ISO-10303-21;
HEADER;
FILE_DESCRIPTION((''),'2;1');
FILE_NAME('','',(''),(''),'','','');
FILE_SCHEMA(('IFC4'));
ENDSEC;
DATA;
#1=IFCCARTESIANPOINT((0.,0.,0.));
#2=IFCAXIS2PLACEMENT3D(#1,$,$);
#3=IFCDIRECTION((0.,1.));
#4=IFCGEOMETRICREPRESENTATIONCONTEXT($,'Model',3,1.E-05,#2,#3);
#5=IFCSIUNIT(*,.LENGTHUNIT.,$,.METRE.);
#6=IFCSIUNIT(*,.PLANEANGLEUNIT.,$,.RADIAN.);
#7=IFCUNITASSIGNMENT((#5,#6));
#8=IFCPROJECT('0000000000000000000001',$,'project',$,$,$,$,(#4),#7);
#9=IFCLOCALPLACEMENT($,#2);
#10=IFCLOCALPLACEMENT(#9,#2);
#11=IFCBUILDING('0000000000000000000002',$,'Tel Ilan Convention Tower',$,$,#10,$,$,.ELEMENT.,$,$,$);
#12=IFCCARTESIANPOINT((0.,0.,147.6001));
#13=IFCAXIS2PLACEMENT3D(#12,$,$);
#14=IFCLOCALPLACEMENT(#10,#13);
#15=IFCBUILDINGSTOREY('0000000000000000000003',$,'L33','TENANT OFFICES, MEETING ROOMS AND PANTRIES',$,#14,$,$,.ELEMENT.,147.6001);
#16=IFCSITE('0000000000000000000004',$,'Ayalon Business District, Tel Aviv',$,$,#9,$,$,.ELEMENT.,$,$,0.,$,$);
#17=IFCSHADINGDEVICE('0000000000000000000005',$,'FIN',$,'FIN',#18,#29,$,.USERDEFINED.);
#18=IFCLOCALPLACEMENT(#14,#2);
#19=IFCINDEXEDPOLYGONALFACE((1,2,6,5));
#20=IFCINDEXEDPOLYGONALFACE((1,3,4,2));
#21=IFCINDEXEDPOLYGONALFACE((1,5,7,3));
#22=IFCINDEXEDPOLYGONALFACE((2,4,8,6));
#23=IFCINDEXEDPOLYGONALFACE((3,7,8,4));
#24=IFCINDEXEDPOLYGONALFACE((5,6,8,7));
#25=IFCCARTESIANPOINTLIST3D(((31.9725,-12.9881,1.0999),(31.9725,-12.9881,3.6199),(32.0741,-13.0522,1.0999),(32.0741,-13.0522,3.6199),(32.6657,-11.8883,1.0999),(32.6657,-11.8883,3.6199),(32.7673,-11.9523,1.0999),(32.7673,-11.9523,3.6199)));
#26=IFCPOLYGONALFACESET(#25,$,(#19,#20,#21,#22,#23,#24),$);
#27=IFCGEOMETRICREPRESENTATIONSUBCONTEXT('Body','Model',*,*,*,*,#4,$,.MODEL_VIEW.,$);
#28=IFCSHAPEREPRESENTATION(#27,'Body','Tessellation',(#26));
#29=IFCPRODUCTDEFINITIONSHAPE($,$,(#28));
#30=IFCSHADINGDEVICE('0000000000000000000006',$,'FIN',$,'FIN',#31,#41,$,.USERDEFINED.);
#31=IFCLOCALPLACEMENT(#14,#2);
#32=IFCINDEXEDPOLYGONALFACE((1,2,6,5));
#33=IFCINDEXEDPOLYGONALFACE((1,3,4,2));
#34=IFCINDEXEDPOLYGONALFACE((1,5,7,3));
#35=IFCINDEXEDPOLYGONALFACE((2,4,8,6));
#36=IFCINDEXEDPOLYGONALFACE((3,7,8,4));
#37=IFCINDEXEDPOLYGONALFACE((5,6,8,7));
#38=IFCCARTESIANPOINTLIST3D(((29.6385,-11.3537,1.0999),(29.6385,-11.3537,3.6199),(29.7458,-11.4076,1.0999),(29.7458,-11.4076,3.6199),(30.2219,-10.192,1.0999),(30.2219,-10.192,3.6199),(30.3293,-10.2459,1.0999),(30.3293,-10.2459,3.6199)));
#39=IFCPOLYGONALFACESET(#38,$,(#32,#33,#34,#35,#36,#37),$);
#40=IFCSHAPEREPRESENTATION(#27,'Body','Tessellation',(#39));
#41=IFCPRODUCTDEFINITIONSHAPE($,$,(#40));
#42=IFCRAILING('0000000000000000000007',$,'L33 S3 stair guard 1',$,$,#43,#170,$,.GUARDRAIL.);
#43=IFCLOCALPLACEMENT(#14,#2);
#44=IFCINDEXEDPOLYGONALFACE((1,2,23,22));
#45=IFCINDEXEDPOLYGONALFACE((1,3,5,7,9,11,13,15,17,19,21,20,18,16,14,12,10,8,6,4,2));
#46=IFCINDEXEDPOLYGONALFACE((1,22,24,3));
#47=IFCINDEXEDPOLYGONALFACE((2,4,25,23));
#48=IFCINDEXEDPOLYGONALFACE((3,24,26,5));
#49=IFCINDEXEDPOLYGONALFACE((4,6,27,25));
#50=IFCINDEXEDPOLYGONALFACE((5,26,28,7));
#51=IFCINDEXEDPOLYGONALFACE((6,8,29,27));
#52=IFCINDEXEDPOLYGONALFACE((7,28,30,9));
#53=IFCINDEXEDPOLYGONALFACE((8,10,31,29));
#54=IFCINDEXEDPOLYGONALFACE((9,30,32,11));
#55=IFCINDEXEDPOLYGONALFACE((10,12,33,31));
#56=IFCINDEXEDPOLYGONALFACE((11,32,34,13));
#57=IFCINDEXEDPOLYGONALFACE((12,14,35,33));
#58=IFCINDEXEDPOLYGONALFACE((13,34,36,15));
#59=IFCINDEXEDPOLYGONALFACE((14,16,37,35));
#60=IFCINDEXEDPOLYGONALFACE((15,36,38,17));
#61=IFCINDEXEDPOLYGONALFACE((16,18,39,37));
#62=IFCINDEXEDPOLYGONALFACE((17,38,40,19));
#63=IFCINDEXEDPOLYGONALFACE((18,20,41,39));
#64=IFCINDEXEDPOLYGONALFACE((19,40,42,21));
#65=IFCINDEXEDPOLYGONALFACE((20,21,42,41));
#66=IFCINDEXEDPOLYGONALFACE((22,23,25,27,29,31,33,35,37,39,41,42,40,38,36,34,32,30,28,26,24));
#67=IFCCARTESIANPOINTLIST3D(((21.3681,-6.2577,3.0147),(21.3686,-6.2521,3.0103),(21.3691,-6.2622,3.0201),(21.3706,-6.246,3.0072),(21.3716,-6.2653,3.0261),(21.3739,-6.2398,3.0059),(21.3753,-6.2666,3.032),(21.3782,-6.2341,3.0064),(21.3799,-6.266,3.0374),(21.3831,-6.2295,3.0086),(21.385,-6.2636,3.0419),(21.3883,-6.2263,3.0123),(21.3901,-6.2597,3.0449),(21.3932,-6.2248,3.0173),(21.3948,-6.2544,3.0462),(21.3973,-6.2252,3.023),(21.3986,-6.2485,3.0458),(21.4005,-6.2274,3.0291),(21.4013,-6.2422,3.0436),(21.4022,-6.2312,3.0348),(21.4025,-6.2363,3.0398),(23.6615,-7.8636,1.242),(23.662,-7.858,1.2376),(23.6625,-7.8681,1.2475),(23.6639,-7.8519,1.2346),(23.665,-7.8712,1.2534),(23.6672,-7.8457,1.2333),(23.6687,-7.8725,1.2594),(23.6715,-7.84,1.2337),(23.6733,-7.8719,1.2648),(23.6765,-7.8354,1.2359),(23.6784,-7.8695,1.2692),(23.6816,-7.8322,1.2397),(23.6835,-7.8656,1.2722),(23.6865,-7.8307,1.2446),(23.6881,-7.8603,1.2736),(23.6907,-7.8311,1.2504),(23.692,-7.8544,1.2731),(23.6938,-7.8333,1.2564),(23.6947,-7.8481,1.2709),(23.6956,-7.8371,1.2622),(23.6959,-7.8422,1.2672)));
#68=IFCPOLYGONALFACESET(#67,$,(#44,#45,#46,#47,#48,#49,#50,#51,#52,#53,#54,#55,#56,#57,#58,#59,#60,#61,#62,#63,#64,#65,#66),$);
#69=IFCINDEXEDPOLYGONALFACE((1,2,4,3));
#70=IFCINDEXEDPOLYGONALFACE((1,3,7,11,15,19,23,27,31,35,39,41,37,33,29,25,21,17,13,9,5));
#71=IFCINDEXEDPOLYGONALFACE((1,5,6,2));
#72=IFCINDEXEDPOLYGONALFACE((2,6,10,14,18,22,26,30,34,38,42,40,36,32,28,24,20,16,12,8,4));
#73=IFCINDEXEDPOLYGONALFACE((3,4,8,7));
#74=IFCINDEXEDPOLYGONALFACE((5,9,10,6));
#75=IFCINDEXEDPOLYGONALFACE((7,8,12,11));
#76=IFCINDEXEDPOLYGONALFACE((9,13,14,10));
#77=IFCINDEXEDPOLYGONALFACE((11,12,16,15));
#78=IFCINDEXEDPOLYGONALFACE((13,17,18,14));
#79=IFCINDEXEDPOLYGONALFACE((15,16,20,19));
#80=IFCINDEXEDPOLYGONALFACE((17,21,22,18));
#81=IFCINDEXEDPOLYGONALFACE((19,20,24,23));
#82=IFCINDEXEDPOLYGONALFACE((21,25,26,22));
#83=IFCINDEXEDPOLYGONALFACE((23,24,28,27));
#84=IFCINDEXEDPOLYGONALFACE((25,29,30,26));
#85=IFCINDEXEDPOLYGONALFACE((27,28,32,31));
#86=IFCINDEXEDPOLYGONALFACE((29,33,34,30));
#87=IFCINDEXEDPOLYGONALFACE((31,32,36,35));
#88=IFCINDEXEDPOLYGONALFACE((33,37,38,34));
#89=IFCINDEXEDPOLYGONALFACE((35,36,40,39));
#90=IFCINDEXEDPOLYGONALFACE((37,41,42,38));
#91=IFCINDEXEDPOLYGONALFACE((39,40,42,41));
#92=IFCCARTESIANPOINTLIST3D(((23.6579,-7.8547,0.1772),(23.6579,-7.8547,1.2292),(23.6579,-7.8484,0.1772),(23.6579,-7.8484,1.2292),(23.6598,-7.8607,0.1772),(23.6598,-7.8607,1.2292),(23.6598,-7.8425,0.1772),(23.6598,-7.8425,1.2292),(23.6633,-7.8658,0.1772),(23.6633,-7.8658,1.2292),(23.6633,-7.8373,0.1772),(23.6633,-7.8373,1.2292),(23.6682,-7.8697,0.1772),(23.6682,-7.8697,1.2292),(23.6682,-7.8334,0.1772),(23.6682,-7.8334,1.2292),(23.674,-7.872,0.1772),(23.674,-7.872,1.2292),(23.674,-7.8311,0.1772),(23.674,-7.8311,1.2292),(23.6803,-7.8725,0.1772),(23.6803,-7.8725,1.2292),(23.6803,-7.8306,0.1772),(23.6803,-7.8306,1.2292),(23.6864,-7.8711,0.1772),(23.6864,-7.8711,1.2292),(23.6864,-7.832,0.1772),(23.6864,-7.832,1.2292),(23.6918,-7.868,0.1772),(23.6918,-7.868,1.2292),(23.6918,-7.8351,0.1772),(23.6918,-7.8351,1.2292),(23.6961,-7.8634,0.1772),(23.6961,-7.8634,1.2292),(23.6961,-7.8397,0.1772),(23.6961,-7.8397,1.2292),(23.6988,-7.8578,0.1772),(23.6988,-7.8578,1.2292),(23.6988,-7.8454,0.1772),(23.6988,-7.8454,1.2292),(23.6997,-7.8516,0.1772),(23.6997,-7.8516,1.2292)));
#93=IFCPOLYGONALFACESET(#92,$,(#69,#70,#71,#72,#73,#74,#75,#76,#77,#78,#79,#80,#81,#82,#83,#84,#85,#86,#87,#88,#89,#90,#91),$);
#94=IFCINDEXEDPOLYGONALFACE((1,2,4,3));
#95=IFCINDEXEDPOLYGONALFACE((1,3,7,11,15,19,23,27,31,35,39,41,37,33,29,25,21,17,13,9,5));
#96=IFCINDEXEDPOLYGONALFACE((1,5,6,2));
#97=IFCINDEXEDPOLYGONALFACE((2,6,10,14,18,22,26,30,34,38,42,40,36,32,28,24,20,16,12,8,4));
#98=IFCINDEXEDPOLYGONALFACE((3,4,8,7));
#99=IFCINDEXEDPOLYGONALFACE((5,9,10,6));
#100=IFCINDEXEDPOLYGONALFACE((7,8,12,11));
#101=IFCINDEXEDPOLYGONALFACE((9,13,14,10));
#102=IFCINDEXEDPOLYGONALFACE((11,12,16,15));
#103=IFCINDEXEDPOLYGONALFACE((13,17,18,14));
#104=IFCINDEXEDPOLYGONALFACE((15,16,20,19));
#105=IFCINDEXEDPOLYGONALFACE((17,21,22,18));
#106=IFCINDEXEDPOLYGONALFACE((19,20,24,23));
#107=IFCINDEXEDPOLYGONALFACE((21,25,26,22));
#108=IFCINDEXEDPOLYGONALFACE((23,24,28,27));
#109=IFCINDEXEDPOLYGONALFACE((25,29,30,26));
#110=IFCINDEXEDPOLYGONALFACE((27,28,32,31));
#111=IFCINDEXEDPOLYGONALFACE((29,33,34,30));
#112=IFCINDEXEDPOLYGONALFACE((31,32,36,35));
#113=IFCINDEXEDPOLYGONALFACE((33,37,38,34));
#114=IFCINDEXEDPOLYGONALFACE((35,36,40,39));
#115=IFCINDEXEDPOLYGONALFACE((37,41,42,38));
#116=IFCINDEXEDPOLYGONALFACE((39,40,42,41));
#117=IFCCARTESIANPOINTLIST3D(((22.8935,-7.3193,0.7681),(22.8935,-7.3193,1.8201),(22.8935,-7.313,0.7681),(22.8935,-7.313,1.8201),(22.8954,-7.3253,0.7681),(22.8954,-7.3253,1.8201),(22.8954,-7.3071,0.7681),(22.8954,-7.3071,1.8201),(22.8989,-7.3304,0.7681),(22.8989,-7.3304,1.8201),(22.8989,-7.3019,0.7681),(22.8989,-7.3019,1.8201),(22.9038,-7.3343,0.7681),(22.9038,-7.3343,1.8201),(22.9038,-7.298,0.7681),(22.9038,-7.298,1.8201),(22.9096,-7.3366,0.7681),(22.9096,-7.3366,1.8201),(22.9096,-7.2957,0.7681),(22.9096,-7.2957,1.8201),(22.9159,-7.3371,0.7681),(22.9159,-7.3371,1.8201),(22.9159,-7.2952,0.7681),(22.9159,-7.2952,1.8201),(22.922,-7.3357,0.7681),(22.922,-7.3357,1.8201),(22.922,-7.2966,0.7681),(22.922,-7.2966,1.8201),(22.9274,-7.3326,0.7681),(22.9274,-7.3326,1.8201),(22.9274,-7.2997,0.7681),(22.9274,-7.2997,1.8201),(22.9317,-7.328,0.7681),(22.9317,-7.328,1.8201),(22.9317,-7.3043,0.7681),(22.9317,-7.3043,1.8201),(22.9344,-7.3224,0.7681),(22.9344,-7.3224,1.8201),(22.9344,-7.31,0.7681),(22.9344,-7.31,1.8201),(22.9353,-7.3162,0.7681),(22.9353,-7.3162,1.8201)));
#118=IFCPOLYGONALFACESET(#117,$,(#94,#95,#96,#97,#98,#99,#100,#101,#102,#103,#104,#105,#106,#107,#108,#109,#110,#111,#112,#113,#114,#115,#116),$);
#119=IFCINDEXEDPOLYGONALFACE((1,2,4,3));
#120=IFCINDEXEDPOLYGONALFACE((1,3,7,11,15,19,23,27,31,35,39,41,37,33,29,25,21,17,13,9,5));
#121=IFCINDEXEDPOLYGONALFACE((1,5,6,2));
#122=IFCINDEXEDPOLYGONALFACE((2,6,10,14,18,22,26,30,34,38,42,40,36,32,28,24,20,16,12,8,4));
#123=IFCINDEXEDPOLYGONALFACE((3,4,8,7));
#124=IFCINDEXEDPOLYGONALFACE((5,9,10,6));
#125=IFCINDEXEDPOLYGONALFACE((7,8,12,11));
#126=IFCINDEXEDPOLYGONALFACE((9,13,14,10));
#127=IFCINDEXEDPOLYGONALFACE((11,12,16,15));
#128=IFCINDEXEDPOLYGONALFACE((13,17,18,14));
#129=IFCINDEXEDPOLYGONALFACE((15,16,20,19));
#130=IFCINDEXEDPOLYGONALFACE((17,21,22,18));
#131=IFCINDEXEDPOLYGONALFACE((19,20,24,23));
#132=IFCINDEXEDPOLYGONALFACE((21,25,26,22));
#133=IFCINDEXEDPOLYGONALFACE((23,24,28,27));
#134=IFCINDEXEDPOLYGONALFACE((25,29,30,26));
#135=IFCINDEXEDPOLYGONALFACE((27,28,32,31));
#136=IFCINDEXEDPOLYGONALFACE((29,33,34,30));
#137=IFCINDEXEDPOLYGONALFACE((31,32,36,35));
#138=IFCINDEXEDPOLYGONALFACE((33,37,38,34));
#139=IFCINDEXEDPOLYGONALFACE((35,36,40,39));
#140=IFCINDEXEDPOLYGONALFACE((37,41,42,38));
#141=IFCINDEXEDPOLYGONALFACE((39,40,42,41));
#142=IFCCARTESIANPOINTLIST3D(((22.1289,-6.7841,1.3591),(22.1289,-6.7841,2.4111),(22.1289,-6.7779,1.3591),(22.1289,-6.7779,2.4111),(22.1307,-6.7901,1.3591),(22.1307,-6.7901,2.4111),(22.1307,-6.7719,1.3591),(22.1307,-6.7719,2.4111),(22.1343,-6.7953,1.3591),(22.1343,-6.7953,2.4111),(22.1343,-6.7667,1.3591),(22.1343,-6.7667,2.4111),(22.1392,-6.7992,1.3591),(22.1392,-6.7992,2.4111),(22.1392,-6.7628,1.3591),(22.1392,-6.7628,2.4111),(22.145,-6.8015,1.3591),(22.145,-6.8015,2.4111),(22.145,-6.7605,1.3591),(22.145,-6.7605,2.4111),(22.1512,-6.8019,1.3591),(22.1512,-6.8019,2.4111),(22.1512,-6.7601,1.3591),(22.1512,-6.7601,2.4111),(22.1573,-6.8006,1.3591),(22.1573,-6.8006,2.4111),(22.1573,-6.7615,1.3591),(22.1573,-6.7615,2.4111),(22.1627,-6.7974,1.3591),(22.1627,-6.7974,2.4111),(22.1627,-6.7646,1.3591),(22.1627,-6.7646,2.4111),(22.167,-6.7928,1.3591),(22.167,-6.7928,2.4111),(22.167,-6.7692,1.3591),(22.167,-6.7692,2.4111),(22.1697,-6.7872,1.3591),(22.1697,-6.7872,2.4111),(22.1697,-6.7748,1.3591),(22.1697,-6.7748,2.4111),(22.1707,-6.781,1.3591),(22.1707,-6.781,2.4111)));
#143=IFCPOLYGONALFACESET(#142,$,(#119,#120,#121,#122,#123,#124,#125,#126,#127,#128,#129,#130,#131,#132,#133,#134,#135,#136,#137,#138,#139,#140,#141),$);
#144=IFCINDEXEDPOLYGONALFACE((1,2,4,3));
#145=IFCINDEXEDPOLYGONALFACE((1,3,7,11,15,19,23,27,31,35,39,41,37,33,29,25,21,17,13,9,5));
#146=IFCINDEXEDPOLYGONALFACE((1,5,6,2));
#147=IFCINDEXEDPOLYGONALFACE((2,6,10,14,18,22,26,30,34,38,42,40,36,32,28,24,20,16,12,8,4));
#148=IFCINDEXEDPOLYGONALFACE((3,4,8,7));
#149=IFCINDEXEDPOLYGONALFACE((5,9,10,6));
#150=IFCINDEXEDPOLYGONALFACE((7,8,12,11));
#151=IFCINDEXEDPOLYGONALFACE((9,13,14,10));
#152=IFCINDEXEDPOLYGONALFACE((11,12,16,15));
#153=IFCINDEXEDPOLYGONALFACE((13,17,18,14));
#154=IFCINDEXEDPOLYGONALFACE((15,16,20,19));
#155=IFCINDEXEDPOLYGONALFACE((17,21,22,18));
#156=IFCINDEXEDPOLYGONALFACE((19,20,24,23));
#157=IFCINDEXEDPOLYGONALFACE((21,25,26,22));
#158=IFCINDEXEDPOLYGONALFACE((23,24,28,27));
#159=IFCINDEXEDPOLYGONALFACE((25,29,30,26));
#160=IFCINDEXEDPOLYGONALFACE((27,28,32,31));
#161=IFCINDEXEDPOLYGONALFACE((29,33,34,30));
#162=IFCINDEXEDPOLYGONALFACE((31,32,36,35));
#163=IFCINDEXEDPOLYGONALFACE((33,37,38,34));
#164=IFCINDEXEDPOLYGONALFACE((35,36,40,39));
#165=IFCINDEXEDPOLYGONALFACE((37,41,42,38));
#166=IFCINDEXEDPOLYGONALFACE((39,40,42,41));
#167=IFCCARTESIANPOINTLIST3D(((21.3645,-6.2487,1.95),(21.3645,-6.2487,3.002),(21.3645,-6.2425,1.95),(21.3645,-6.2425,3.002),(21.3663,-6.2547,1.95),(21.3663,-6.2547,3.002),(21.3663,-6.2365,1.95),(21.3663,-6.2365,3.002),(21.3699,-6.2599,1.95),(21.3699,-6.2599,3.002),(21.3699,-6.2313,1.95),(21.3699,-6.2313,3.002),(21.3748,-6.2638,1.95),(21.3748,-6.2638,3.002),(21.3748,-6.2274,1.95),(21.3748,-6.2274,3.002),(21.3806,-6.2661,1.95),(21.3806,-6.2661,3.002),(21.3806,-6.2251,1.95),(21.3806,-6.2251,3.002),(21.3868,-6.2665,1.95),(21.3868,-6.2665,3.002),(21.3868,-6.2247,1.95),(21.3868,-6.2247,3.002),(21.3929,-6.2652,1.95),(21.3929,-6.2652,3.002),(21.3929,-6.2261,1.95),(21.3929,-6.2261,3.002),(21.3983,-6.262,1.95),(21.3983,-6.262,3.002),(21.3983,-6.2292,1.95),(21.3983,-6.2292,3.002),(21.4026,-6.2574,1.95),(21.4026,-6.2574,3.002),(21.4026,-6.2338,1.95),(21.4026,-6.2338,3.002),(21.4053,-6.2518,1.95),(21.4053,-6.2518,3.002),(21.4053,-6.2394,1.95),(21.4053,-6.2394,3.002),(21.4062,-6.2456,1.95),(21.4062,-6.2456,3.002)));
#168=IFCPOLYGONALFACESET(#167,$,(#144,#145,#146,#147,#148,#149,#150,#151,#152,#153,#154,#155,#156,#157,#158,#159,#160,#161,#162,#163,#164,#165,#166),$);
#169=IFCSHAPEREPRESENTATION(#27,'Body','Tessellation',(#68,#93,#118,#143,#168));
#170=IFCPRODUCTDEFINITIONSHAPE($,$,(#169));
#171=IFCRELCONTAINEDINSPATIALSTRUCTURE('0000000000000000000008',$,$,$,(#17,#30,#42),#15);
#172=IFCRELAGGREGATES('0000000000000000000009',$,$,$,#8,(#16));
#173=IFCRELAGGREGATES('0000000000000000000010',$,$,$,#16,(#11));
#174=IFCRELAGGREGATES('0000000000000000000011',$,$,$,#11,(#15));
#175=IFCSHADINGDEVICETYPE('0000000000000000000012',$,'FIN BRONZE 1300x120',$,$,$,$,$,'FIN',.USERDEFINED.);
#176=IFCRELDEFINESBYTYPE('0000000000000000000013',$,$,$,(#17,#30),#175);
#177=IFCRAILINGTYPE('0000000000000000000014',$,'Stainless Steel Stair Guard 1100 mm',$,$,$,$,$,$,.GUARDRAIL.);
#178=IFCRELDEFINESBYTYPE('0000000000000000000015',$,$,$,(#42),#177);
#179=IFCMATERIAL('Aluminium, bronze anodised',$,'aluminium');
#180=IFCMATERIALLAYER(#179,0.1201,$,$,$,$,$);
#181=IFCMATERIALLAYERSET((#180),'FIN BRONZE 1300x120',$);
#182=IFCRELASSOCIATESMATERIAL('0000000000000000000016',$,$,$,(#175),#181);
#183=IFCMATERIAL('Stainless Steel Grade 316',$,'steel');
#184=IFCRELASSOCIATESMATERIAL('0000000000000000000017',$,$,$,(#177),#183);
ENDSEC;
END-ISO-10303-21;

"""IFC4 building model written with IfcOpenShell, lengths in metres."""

from ifc_helpers import new_model, si_unit, direction, frame, origin, origin_2d, place, context, subcontext, project, spatial, rectangle, circle, extrude, material, layer, layer_set, type_object, element, save


model = new_model("IFC4")

# Units and contexts
model_context = context("Model", 3, precision=1e-05, world=origin(), true_north=direction((0.0, 1.0)))
body_context = subcontext(model_context, "Body", "Model", "MODEL_VIEW")
ifc_project = project(units=[si_unit("LENGTHUNIT", "METRE"), si_unit("PLANEANGLEUNIT", "RADIAN")], contexts=[model_context])

# Site, building, storey
site_placement = place(None, origin())
site = spatial("IfcSite", under=ifc_project, at=site_placement, Name="Ayalon Business District, Tel Aviv", CompositionType="ELEMENT", RefElevation=0.0)
building_placement = place(site_placement, origin())
building = spatial("IfcBuilding", under=site, at=building_placement, Name="Tel Ilan Convention Tower", CompositionType="ELEMENT")
storey_placement = place(building_placement, frame((0.0, 0.0, 147.6001)))
storey = spatial("IfcBuildingStorey", under=building, at=storey_placement, Name="L33", Description="TENANT OFFICES, MEETING ROOMS AND PANTRIES", CompositionType="ELEMENT", Elevation=147.6001)

# Shading devices
ifc_material_1 = material(Name="Aluminium, bronze anodised", Category="aluminium")
ifc_layer_1 = layer(ifc_material_1, 0.1201)
ifc_layer_set_1 = layer_set([ifc_layer_1], Name="FIN BRONZE 1300x120")
shading_device_type = type_object("IfcShadingDeviceType", Name="FIN BRONZE 1300x120", ElementType="FIN", PredefinedType="USERDEFINED", material=ifc_layer_set_1)
for number, where, z_axis, x_axis, name in (
    (1, (32.3699, -12.4702, 1.0999), (0.0, 0.0, 1.0), (0.533204, 0.845986, 0.0), "FIN"),
    (2, (29.9839, -10.7998, 1.0999), (0.0, 0.0, 1.0), (0.448799, 0.893633, 0.0), "FIN"),
):
    element("IfcShadingDevice", number, at=place(storey_placement, frame(where, z_axis=z_axis, x_axis=x_axis)), inside=storey, type_object=shading_device_type, Name=name, ObjectType="FIN", PredefinedType="USERDEFINED", context=body_context, shape_type="SweptSolid", body=[
        extrude(rectangle(XDim=1.3, YDim=0.1201, at=origin_2d()), origin(), (0.0, 0.0, 1.0), 2.52),
    ])

# Railing
ifc_material_2 = material(Name="Stainless Steel Grade 316", Category="steel")
railing_type_1 = type_object("IfcRailingType", Name="Stainless Steel Stair Guard 1100 mm", PredefinedType="GUARDRAIL", material=ifc_material_2)
railing_1_placement = place(storey_placement, frame((23.6787, -7.8516, 0.1772)))
element("IfcRailing", 3, at=railing_1_placement, inside=storey, type_object=railing_type_1, Name="L33 S3 stair guard 1", PredefinedType="GUARDRAIL", context=body_context, shape_type="SweptSolid", body=[
    extrude(circle(Radius=0.0239, at=origin_2d()), frame((0.0, 0.0, 1.0762), z_axis=(-0.692085, 0.484621, 0.53494), x_axis=(-0.573591, -0.819142, 0.0)), (0.0, 0.0, 1.0), 3.3137),
    extrude(circle(Radius=0.021, at=origin_2d()), origin(), (0.0, 0.0, 1.0), 1.052),
    extrude(circle(Radius=0.021, at=origin_2d()), frame((-0.7644, 0.5354, 0.5908)), (0.0, 0.0, 1.0), 1.052),
    extrude(circle(Radius=0.021, at=origin_2d()), frame((-1.5291, 1.0706, 1.1819)), (0.0, 0.0, 1.0), 1.052),
    extrude(circle(Radius=0.021, at=origin_2d()), frame((-2.2935, 1.606, 1.7727)), (0.0, 0.0, 1.0), 1.052),
])

save(model, "model.ifc")
